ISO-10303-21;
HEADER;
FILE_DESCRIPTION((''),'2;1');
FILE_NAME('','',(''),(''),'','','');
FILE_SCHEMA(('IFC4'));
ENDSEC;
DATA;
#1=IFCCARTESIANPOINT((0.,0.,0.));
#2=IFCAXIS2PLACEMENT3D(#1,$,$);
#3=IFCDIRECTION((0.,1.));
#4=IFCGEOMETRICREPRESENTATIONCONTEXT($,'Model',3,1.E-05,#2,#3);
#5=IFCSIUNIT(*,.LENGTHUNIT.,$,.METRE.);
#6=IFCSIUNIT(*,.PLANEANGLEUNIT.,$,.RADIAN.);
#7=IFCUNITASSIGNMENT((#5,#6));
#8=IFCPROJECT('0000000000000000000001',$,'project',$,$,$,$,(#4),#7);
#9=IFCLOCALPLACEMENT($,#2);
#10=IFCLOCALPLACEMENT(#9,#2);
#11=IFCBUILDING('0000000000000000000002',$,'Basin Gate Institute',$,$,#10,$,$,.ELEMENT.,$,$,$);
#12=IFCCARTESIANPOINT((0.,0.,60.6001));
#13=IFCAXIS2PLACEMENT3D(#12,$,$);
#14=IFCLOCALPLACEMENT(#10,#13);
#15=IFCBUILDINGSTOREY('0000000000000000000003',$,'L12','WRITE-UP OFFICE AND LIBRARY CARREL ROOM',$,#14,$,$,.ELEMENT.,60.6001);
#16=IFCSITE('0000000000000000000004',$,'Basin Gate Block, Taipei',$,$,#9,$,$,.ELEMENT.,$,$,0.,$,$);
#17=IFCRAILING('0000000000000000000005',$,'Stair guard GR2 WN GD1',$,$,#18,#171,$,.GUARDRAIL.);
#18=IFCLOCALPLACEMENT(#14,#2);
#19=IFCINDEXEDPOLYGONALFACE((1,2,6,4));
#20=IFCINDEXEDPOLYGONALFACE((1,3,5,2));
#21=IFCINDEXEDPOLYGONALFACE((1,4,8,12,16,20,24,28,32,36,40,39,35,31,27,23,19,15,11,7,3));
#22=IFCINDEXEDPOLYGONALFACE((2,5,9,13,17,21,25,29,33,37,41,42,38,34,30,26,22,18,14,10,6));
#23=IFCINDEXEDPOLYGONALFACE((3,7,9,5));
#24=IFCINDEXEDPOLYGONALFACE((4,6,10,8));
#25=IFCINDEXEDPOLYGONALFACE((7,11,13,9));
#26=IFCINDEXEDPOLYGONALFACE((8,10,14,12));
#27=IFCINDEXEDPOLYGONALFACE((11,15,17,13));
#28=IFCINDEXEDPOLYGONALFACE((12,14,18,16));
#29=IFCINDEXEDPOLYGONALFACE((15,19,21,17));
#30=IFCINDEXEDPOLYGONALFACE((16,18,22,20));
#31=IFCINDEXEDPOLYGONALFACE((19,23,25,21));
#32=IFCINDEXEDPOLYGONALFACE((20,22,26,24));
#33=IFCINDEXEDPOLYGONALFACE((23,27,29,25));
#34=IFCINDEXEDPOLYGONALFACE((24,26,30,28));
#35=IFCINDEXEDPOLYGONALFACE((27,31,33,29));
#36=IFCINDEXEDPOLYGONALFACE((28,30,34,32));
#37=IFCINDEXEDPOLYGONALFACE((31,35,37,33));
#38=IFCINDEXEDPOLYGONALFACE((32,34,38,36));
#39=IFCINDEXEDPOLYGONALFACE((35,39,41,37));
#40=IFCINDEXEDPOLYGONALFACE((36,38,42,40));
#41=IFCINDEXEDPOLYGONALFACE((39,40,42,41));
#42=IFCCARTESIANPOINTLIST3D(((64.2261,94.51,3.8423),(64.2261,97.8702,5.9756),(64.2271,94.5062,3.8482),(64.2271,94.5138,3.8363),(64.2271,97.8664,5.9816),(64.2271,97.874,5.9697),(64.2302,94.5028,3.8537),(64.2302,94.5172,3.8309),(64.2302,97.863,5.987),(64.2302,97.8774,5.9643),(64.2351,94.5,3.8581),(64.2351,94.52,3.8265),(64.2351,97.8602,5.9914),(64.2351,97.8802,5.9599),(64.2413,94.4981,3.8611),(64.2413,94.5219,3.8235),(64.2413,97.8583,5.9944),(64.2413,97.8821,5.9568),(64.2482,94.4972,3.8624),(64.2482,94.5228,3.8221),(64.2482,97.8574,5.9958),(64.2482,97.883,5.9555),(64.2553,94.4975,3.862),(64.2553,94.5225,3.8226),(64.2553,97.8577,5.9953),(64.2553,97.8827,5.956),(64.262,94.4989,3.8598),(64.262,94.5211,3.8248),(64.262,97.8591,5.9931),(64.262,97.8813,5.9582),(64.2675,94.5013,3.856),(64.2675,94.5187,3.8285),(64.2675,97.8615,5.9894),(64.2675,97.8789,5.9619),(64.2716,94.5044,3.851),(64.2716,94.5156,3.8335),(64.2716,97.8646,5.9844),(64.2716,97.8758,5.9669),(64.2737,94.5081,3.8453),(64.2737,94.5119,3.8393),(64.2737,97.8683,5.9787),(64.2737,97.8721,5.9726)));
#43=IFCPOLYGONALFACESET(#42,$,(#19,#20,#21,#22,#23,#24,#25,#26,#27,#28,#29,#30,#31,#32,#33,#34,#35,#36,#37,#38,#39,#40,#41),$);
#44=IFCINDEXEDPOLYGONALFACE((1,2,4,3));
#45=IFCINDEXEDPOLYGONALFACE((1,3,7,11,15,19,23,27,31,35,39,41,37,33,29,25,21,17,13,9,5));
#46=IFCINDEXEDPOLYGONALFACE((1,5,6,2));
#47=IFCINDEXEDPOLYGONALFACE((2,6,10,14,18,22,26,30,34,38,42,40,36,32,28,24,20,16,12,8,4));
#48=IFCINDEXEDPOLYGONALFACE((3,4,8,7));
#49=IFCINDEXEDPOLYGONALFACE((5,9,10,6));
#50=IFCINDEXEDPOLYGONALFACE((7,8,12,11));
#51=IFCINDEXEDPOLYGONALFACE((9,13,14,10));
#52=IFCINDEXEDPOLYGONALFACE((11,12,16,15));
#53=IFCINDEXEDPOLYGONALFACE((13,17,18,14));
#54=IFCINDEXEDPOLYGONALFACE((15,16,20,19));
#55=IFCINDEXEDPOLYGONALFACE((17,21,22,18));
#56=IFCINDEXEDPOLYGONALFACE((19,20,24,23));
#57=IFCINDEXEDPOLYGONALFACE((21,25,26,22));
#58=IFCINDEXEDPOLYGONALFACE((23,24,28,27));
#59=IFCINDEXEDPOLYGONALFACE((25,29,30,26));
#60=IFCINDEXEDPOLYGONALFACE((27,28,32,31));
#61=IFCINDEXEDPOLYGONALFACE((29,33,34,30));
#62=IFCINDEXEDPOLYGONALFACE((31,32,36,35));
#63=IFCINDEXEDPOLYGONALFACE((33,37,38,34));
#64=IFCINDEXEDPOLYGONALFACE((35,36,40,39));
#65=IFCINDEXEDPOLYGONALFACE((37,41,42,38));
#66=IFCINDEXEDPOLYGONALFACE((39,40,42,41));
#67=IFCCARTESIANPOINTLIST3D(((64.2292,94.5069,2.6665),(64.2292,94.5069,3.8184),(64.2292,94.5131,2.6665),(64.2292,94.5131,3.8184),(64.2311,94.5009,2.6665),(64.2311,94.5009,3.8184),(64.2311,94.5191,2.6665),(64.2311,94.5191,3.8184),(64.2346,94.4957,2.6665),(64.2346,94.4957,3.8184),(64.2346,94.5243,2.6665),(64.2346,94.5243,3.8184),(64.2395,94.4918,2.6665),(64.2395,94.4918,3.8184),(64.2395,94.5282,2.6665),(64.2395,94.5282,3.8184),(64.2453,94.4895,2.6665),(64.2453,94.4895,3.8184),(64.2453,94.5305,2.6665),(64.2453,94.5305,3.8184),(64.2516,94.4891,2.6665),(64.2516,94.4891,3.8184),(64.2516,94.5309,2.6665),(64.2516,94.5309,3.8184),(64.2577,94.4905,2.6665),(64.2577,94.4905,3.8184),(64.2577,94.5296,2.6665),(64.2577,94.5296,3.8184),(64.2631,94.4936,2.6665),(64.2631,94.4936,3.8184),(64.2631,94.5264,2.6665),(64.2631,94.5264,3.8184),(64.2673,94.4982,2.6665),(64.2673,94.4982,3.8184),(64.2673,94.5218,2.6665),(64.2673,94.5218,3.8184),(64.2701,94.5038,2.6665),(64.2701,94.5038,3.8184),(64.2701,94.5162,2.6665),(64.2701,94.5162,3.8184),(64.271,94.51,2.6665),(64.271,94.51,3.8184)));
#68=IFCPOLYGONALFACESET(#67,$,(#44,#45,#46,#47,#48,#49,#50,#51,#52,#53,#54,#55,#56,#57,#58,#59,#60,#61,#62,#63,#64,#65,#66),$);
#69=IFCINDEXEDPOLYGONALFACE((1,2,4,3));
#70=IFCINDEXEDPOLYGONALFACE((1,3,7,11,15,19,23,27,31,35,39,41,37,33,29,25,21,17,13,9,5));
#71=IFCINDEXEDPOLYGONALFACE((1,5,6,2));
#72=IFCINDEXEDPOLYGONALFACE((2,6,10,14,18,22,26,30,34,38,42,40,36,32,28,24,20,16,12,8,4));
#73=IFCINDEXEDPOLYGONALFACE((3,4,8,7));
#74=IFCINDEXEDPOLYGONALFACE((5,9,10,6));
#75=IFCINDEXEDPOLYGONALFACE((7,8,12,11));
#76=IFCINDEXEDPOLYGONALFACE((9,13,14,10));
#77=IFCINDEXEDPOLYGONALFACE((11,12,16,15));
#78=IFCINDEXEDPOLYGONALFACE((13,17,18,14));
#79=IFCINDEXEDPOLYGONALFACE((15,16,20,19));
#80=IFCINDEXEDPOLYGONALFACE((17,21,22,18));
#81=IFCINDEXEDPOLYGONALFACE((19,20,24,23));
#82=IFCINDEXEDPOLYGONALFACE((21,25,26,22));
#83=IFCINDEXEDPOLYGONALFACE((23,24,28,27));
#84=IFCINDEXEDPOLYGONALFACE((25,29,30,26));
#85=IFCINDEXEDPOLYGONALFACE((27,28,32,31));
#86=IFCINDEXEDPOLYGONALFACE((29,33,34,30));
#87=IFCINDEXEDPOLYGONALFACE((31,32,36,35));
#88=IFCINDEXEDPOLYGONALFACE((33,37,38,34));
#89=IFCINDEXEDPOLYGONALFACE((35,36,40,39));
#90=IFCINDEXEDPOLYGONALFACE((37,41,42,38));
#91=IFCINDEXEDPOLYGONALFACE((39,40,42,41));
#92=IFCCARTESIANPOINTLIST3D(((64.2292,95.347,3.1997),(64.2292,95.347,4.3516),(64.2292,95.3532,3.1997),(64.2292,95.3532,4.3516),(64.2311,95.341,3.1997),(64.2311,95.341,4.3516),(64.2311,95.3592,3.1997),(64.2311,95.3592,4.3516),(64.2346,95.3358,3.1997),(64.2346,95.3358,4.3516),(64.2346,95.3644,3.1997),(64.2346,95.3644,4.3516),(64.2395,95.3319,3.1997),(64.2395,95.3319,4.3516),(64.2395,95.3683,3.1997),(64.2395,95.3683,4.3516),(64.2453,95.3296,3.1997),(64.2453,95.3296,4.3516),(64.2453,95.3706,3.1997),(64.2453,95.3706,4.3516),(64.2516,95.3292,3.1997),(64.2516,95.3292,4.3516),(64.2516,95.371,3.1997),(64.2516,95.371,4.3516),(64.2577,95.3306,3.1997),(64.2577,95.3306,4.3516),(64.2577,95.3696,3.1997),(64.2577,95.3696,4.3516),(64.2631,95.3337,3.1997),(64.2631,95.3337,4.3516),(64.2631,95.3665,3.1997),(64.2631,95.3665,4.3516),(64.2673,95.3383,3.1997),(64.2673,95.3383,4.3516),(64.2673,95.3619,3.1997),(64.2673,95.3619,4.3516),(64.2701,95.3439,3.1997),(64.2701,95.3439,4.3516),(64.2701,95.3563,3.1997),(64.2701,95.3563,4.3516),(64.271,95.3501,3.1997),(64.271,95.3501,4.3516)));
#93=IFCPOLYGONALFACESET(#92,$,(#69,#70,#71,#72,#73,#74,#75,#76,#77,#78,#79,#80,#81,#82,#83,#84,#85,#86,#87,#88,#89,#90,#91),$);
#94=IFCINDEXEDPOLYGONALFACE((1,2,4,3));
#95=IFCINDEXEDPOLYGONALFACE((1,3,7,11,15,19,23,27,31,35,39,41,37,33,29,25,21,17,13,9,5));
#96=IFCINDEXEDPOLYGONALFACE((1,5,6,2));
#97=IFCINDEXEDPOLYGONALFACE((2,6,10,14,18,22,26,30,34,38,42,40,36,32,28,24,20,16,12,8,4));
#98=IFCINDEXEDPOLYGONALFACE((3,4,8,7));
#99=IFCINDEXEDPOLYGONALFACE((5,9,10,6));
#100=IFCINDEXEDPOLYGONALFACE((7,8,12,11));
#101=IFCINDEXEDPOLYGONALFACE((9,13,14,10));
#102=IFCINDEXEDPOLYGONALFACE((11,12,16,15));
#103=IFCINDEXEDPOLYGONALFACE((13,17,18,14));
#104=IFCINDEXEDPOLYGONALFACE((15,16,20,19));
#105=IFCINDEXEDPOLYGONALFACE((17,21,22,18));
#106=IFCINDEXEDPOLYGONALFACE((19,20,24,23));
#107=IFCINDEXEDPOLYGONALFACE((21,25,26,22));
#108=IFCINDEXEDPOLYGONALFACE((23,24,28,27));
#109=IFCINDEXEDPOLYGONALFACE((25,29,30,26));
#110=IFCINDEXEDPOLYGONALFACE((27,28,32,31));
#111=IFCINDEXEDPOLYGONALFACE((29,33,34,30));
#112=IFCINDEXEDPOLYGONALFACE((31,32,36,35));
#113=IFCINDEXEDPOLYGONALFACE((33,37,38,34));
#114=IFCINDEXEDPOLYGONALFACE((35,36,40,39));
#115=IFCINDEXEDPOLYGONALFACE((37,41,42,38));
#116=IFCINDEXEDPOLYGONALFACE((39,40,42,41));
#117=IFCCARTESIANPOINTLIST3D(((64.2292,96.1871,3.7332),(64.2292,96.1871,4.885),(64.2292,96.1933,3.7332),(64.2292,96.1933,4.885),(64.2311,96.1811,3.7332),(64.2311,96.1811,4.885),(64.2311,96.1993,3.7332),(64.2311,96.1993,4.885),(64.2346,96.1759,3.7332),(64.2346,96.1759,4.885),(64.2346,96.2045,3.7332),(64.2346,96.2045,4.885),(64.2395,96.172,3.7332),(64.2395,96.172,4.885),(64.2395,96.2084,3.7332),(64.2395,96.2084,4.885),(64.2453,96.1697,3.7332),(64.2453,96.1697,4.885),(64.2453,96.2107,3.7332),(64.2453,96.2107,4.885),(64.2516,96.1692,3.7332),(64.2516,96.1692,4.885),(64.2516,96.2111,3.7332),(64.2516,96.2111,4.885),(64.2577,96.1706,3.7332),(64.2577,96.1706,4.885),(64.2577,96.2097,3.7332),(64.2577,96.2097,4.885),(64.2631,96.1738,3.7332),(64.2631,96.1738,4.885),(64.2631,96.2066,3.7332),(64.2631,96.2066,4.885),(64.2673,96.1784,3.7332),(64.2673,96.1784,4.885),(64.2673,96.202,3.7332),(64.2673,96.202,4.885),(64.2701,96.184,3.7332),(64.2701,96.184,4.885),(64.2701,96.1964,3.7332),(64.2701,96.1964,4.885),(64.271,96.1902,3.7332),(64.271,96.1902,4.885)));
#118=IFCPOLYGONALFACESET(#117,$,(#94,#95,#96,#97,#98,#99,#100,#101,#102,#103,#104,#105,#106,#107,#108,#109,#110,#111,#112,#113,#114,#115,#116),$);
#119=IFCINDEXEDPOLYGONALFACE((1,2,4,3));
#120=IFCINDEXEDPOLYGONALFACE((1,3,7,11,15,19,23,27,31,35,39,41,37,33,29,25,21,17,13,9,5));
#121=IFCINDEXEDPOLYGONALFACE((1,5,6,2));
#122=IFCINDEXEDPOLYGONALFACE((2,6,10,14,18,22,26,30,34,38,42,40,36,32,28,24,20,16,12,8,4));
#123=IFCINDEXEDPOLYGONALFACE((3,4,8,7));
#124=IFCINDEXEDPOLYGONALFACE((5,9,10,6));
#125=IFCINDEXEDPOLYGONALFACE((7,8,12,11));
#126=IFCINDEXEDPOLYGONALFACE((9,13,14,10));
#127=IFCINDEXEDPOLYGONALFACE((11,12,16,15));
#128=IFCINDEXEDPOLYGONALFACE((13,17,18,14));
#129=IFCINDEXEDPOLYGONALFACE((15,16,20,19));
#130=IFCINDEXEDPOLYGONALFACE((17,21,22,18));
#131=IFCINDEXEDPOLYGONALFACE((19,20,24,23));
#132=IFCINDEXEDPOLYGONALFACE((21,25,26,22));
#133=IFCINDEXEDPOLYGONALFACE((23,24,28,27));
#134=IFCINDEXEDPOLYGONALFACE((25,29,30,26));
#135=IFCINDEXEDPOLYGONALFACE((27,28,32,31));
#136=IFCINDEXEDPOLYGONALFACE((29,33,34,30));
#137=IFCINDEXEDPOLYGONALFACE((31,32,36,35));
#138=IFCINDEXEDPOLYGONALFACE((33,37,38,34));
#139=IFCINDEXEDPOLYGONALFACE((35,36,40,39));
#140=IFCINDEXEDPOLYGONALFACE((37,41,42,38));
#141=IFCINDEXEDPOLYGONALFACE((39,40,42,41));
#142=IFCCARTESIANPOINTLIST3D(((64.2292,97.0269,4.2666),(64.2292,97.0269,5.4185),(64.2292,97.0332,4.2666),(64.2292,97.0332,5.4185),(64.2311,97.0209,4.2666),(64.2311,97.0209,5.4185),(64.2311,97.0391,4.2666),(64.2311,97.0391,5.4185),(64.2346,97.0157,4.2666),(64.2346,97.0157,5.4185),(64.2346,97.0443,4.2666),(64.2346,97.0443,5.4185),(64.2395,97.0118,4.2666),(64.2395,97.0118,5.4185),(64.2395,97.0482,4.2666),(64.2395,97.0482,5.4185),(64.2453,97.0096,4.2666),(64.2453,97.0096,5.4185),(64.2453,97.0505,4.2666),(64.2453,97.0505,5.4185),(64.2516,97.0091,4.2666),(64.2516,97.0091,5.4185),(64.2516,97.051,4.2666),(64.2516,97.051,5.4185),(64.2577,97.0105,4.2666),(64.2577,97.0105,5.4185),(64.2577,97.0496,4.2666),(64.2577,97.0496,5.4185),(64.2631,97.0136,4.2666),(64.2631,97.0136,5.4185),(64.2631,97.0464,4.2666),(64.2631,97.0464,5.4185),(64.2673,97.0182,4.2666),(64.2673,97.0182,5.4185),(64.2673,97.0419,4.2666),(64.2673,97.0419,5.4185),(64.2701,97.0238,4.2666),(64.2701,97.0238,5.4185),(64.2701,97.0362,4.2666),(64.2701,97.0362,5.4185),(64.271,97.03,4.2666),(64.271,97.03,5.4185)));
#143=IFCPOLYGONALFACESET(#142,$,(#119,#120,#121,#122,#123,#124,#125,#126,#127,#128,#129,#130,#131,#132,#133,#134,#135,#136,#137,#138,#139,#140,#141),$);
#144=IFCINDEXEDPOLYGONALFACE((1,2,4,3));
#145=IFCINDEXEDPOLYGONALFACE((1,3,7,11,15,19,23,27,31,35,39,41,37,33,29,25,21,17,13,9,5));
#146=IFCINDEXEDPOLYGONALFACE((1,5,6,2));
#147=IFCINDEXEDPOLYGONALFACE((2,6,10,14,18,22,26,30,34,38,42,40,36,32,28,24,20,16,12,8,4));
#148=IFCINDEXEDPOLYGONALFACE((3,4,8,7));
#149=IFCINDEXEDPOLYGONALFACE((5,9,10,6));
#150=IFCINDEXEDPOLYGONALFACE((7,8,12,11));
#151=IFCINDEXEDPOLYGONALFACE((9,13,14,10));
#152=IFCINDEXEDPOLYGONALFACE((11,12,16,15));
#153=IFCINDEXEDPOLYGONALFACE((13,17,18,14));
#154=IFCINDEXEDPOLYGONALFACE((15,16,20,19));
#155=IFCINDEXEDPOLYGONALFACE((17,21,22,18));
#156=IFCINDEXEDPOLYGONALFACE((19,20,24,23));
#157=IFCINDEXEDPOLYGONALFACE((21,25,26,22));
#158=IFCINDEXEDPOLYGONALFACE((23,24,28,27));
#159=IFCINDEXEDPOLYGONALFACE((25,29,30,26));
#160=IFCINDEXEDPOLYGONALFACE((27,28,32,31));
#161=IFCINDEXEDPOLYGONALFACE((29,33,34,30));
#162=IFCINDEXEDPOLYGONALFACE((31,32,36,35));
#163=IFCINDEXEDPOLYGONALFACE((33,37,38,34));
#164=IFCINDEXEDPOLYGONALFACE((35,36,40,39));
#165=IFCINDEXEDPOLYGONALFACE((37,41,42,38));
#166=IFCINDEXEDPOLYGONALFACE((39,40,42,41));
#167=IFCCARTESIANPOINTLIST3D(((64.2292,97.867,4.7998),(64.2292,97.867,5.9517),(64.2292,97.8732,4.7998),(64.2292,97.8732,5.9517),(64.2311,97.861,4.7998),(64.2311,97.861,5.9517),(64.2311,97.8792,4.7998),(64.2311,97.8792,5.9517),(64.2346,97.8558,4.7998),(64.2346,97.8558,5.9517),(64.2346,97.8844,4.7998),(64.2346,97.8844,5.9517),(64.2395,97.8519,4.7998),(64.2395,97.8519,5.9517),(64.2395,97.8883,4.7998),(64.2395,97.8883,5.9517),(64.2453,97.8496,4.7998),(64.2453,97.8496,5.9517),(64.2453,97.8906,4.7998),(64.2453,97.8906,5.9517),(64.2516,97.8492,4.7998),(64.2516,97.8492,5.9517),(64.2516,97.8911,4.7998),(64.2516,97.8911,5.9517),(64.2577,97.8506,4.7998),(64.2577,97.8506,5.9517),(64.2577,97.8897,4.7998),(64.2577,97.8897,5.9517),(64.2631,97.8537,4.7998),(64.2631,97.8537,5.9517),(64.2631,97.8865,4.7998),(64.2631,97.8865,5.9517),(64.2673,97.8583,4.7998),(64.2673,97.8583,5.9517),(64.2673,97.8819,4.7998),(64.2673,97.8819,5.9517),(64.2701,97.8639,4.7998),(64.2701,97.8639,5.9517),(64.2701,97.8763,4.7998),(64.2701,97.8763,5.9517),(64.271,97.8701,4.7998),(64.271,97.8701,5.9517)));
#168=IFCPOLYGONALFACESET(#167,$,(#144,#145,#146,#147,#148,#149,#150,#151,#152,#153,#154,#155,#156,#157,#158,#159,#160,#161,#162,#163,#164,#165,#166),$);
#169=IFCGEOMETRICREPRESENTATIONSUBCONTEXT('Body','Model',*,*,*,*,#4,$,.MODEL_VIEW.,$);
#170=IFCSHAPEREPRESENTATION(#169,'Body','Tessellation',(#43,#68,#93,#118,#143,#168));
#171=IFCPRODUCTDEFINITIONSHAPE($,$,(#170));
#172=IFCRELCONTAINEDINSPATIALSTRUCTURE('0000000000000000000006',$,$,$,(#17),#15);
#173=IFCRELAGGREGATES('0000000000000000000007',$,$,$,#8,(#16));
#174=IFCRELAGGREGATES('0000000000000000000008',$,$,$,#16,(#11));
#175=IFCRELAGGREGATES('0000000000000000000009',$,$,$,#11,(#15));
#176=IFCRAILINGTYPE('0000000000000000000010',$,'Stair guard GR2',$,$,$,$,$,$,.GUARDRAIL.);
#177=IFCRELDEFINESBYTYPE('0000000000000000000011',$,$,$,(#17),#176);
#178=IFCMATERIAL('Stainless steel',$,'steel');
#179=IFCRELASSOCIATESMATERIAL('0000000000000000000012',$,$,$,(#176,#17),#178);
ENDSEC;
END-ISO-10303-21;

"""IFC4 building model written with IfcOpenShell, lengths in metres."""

from ifc_helpers import new_model, si_unit, direction, frame, origin, origin_2d, place, context, subcontext, project, spatial, circle, extrude, material, type_object, element, save


model = new_model("IFC4")

# Units and contexts
model_context = context("Model", 3, precision=1e-05, world=origin(), true_north=direction((0.0, 1.0)))
body_context = subcontext(model_context, "Body", "Model", "MODEL_VIEW")
ifc_project = project(units=[si_unit("LENGTHUNIT", "METRE"), si_unit("PLANEANGLEUNIT", "RADIAN")], contexts=[model_context])

# Site, building, storey
site_placement = place(None, origin())
site = spatial("IfcSite", under=ifc_project, at=site_placement, Name="Basin Gate Block, Taipei", CompositionType="ELEMENT", RefElevation=0.0)
building_placement = place(site_placement, origin())
building = spatial("IfcBuilding", under=site, at=building_placement, Name="Basin Gate Institute", CompositionType="ELEMENT")
storey_placement = place(building_placement, frame((0.0, 0.0, 60.6001)))
storey = spatial("IfcBuildingStorey", under=building, at=storey_placement, Name="L12", Description="WRITE-UP OFFICE AND LIBRARY CARREL ROOM", CompositionType="ELEMENT", Elevation=60.6001)

# Railing
ifc_material_1 = material(Name="Stainless steel", Category="steel")
railing_type = type_object("IfcRailingType", Name="Stair guard GR2", PredefinedType="GUARDRAIL", material=ifc_material_1)
railing_1_placement = place(storey_placement, frame((64.25, 94.51, 2.6665)))
element("IfcRailing", 1, at=railing_1_placement, inside=storey, type_object=railing_type, material=ifc_material_1, Name="Stair guard GR2 WN GD1", PredefinedType="GUARDRAIL", context=body_context, shape_type="SweptSolid", body=[
    extrude(circle(Radius=0.0239, at=origin_2d()), frame((0.0, 0.0, 1.1758), z_axis=(0.0, 0.844224, 0.53599), x_axis=(-1.0, 0.0, 0.0)), (0.0, 0.0, 1.0), 3.9802),
    extrude(circle(Radius=0.021, at=origin_2d()), origin(), (0.0, 0.0, 1.0), 1.1519),
    extrude(circle(Radius=0.021, at=origin_2d()), frame((0.0, 0.8401, 0.5332)), (0.0, 0.0, 1.0), 1.1519),
    extrude(circle(Radius=0.021, at=origin_2d()), frame((0.0, 1.6802, 1.0667)), (0.0, 0.0, 1.0), 1.1519),
    extrude(circle(Radius=0.021, at=origin_2d()), frame((0.0, 2.52, 1.6001)), (0.0, 0.0, 1.0), 1.1519),
    extrude(circle(Radius=0.021, at=origin_2d()), frame((0.0, 3.3601, 2.1333)), (0.0, 0.0, 1.0), 1.1519),
])

save(model, "model.ifc")
